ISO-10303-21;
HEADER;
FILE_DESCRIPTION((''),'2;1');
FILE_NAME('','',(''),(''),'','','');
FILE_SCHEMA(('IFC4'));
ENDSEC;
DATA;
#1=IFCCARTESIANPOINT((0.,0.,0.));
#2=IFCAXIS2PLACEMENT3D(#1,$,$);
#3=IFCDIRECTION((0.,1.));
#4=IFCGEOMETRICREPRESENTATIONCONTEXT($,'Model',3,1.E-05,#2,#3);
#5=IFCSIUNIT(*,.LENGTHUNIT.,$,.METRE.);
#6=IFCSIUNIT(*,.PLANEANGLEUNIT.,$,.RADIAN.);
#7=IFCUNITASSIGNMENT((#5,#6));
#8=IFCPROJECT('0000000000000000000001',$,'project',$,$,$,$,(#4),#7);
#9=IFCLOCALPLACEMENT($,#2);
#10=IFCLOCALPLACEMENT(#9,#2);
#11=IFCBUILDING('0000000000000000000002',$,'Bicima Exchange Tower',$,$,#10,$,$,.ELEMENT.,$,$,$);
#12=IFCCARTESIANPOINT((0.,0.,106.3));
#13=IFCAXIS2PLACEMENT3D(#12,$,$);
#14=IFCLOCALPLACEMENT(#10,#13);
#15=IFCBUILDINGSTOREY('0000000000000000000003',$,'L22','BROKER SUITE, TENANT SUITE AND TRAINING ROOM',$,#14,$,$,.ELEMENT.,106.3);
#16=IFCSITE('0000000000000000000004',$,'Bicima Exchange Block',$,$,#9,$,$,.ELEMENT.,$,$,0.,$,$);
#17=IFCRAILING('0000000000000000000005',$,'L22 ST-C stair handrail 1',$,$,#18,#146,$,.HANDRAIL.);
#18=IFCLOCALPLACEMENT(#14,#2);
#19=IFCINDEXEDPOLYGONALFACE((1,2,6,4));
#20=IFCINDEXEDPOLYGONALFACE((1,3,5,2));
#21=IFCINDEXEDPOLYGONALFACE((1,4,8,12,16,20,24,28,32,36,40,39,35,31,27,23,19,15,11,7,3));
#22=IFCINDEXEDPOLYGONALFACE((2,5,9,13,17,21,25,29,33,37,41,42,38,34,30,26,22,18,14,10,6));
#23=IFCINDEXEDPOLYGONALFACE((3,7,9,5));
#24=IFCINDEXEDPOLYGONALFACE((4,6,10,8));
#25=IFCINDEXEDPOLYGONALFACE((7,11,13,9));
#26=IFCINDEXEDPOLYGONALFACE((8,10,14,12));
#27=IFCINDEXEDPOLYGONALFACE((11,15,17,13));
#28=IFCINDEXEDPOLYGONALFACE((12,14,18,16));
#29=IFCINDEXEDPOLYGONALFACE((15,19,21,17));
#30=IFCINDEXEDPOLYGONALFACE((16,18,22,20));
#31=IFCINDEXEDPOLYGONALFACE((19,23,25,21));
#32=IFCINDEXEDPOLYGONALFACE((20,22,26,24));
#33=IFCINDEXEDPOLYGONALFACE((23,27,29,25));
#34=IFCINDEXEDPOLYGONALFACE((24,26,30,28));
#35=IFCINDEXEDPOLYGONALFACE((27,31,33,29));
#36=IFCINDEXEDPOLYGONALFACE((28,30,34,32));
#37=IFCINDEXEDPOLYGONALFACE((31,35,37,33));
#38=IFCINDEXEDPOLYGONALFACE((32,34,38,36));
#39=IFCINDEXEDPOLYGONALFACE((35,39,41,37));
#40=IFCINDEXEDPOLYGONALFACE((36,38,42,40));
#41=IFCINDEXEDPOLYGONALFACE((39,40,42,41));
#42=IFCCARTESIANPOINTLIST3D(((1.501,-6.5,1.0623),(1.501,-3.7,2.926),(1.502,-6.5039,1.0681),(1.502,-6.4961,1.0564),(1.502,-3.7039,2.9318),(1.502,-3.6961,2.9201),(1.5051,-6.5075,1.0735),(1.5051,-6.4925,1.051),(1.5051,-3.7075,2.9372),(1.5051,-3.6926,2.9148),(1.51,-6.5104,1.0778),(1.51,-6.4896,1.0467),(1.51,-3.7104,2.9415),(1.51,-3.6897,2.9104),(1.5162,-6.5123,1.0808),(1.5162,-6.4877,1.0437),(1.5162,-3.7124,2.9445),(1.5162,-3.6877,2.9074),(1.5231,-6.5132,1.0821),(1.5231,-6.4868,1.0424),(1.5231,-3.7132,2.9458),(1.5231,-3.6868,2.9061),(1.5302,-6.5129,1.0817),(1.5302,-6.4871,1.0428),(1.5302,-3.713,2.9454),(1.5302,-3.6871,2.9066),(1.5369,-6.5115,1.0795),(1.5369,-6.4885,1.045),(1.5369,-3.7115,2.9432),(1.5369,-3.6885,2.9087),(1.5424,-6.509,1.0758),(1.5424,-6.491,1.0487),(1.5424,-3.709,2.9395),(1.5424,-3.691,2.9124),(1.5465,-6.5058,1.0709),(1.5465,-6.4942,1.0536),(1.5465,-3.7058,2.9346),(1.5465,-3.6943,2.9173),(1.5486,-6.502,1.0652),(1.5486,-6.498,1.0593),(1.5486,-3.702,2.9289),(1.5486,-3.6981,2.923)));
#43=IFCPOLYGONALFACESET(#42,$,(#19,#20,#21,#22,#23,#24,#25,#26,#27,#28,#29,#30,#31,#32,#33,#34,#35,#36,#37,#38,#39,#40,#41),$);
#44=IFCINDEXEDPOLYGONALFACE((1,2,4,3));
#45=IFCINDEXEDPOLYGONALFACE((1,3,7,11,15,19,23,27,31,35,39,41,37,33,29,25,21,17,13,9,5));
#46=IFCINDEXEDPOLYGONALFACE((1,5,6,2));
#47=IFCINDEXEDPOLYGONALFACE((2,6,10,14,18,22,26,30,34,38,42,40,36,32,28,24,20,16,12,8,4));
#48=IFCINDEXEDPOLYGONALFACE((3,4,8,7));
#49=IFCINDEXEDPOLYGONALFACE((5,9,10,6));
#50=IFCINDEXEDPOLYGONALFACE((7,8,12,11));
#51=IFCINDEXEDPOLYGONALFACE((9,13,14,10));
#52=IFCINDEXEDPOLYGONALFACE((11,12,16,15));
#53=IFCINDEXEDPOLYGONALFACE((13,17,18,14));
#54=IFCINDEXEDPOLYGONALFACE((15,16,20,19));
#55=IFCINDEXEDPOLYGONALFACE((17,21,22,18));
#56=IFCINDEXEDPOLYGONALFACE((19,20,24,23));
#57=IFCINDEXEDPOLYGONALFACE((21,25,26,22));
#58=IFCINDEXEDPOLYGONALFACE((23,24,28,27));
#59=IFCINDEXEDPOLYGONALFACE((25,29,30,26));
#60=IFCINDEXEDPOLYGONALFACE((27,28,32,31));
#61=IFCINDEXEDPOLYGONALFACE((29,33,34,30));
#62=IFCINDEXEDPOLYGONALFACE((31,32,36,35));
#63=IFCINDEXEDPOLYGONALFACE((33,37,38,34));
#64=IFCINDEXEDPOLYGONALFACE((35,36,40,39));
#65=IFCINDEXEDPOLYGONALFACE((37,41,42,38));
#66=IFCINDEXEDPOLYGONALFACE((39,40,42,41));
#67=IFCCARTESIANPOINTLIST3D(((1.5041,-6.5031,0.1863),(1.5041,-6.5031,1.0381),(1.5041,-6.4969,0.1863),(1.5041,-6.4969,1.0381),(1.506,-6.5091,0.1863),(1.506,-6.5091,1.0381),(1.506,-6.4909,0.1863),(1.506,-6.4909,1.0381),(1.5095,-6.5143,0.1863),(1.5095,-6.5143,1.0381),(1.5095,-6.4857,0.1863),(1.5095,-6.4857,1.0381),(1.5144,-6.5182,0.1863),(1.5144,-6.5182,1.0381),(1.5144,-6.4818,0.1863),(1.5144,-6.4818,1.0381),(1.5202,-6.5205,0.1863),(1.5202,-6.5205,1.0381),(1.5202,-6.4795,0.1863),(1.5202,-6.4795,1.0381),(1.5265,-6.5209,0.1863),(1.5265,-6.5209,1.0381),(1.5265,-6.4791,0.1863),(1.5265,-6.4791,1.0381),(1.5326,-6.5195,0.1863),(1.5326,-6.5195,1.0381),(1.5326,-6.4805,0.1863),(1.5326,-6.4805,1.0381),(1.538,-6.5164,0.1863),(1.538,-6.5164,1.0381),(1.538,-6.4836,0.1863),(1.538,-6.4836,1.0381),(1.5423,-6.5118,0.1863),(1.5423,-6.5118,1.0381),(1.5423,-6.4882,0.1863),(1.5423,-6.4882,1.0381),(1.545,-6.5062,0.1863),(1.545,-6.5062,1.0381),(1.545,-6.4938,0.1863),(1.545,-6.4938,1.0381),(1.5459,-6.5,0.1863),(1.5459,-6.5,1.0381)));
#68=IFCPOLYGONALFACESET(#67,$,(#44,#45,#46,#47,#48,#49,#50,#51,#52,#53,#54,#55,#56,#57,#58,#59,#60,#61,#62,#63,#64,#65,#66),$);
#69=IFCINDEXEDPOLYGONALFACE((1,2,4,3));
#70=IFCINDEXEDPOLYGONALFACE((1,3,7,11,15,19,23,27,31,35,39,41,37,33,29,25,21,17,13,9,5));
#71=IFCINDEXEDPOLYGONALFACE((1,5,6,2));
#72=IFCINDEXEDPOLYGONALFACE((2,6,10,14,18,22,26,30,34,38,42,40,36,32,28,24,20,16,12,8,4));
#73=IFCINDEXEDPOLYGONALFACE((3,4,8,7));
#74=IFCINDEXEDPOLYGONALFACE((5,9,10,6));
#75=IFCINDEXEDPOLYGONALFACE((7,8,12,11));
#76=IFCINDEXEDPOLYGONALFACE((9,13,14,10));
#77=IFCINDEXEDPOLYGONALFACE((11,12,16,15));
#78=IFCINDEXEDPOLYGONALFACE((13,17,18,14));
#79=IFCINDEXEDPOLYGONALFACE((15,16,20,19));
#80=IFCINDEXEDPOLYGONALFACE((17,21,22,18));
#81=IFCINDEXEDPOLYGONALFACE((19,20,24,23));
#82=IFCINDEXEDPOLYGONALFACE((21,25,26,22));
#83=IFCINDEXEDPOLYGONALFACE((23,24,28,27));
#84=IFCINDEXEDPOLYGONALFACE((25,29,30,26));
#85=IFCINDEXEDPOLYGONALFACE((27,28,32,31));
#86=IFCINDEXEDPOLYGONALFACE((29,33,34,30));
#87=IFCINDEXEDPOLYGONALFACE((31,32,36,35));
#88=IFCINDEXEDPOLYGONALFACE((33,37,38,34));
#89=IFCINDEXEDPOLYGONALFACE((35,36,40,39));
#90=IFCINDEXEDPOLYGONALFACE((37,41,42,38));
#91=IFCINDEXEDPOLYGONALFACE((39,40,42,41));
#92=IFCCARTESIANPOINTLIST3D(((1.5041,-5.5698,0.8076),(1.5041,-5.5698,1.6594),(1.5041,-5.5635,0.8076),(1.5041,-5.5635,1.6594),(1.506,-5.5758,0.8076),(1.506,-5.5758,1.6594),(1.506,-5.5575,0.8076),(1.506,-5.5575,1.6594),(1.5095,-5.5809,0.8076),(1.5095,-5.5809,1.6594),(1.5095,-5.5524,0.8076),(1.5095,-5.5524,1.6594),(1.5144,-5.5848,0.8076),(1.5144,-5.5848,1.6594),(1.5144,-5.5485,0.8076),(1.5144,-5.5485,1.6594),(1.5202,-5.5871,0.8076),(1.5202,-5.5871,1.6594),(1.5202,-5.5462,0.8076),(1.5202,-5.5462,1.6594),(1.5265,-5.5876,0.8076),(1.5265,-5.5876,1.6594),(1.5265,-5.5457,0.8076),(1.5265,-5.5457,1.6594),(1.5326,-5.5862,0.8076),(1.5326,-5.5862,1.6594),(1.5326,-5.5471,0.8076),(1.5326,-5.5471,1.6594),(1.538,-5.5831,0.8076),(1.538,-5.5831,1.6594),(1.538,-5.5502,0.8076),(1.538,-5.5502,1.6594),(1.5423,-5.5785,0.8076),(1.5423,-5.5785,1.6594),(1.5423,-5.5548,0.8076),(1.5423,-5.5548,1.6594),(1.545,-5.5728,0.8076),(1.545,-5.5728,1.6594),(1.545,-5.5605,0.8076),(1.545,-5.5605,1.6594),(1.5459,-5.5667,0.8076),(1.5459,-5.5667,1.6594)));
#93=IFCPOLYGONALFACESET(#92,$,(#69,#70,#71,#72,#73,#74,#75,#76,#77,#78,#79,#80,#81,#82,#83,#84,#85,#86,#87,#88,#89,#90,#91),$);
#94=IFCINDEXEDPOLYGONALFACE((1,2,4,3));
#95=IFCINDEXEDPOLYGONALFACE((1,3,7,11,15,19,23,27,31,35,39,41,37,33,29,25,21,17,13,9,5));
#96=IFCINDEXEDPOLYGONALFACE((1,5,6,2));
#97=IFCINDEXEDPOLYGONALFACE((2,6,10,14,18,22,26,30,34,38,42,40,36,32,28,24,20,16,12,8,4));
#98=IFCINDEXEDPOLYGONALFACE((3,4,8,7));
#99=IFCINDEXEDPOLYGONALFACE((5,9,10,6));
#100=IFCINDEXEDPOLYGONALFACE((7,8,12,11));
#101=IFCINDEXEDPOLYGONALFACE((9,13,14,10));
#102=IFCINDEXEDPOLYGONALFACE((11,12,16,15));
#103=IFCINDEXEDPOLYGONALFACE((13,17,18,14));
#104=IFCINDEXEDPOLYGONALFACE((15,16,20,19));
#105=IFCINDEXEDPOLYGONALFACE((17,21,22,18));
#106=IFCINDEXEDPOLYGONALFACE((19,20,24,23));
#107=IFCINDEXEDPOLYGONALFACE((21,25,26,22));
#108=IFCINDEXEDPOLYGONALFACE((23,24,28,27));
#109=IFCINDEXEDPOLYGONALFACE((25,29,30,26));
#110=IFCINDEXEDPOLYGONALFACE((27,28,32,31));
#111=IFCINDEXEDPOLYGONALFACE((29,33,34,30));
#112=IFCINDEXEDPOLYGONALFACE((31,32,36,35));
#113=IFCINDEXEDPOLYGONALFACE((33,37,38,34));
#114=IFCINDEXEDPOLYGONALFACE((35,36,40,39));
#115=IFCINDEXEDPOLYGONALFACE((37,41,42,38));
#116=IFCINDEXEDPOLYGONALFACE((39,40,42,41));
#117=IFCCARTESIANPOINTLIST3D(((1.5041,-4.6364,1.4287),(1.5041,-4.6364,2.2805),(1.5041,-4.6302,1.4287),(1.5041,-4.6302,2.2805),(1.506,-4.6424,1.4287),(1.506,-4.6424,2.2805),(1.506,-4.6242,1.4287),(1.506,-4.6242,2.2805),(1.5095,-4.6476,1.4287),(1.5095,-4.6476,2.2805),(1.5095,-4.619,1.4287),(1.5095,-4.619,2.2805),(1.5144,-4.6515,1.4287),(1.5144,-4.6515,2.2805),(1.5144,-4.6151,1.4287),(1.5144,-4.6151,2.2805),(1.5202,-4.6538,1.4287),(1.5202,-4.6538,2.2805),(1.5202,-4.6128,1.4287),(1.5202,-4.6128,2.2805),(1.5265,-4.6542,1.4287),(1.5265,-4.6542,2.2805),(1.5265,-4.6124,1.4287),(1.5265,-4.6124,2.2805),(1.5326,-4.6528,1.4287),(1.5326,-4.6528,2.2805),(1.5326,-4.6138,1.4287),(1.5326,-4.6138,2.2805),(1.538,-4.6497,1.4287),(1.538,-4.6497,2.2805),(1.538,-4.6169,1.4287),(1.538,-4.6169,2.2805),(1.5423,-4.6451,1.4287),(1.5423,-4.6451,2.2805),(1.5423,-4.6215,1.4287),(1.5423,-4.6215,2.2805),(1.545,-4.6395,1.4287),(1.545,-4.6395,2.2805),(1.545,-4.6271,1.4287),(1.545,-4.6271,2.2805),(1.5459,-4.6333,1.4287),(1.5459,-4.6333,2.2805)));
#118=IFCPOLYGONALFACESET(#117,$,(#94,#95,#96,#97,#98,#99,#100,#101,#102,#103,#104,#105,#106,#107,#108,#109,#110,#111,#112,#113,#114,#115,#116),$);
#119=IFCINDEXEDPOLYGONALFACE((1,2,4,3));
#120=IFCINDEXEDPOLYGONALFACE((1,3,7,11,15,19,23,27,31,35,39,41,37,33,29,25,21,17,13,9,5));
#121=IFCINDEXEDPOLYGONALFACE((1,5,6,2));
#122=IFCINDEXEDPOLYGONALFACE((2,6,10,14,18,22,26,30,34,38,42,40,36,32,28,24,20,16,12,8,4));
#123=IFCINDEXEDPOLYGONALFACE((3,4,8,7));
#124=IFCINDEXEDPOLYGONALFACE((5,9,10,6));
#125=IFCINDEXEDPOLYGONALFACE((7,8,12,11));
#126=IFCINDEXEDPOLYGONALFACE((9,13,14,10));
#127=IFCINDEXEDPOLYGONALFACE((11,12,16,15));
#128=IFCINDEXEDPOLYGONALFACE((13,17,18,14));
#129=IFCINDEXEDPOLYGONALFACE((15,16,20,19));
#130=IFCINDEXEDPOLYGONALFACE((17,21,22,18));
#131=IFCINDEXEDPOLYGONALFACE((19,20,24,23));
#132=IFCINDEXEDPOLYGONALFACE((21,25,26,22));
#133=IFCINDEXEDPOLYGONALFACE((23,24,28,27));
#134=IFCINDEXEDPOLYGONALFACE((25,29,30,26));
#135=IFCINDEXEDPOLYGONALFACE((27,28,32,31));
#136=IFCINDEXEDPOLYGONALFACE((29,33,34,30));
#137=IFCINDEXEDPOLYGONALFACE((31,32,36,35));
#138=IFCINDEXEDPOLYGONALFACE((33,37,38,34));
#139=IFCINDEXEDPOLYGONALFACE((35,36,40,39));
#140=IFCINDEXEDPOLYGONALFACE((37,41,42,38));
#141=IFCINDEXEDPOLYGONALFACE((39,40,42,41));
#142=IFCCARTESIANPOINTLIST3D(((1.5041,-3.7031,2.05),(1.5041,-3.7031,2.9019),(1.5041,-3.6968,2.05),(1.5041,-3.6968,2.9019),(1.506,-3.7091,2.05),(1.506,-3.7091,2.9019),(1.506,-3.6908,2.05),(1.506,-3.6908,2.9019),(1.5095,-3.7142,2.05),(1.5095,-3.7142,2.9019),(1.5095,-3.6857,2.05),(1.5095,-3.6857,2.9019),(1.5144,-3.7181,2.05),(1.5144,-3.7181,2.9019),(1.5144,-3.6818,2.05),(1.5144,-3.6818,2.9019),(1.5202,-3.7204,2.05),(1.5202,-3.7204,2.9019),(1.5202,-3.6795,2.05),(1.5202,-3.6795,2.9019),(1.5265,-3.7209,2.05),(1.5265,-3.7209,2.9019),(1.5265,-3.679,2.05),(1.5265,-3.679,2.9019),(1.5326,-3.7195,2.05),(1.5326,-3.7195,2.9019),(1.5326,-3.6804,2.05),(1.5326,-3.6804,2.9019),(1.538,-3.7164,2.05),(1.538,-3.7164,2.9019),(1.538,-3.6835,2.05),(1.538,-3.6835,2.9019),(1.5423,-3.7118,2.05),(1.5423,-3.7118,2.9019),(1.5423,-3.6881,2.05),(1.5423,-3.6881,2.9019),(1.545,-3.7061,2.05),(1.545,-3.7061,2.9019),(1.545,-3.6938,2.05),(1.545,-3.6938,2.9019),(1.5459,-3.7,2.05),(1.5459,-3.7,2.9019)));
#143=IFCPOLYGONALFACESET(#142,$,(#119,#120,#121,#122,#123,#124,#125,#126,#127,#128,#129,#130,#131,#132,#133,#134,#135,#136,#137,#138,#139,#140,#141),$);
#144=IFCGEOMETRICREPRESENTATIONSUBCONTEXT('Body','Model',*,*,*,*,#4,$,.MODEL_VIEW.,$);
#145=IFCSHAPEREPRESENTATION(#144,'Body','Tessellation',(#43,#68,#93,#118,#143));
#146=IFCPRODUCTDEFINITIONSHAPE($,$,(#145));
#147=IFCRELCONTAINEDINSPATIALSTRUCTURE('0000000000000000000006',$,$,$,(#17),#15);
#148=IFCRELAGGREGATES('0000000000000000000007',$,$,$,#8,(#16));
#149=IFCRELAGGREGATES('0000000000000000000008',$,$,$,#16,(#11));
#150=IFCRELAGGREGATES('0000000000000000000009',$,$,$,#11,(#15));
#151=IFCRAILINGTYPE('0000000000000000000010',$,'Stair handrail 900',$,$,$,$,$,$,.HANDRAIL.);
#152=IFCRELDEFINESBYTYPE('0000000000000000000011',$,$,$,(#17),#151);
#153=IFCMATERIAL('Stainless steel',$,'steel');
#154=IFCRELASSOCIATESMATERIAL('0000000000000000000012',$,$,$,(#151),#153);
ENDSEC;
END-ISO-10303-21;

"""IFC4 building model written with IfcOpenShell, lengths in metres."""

from ifc_helpers import new_model, si_unit, direction, frame, origin, origin_2d, place, context, subcontext, project, spatial, circle, extrude, material, type_object, element, save


model = new_model("IFC4")

# Units and contexts
model_context = context("Model", 3, precision=1e-05, world=origin(), true_north=direction((0.0, 1.0)))
body_context = subcontext(model_context, "Body", "Model", "MODEL_VIEW")
ifc_project = project(units=[si_unit("LENGTHUNIT", "METRE"), si_unit("PLANEANGLEUNIT", "RADIAN")], contexts=[model_context])

# Site, building, storey
site_placement = place(None, origin())
site = spatial("IfcSite", under=ifc_project, at=site_placement, Name="Bicima Exchange Block", CompositionType="ELEMENT", RefElevation=0.0)
building_placement = place(site_placement, origin())
building = spatial("IfcBuilding", under=site, at=building_placement, Name="Bicima Exchange Tower", CompositionType="ELEMENT")
storey_placement = place(building_placement, frame((0.0, 0.0, 106.3)))
storey = spatial("IfcBuildingStorey", under=building, at=storey_placement, Name="L22", Description="BROKER SUITE, TENANT SUITE AND TRAINING ROOM", CompositionType="ELEMENT", Elevation=106.3)

# Shared definitions
ifc_material_1 = material(Name="Stainless steel", Category="steel")

# Railing
railing_type_1 = type_object("IfcRailingType", Name="Stair handrail 900", PredefinedType="HANDRAIL", material=ifc_material_1)
railing_1_placement = place(storey_placement, frame((1.5249, -6.5, 0.1863)))
element("IfcRailing", 1, at=railing_1_placement, inside=storey, type_object=railing_type_1, Name="L22 ST-C stair handrail 1", PredefinedType="HANDRAIL", context=body_context, shape_type="SweptSolid", body=[
    extrude(circle(Radius=0.0239, at=origin_2d()), frame((0.0, 0.0, 0.876), z_axis=(0.0, 0.832452, 0.554097), x_axis=(-1.0, 0.0, 0.0)), (0.0, 0.0, 1.0), 3.3635),
    extrude(circle(Radius=0.021, at=origin_2d()), origin(), (0.0, 0.0, 1.0), 0.8518),
    extrude(circle(Radius=0.021, at=origin_2d()), frame((0.0, 0.9333, 0.6213)), (0.0, 0.0, 1.0), 0.8518),
    extrude(circle(Radius=0.021, at=origin_2d()), frame((0.0, 1.8667, 1.2424)), (0.0, 0.0, 1.0), 0.8518),
    extrude(circle(Radius=0.021, at=origin_2d()), frame((0.0, 2.8, 1.8638)), (0.0, 0.0, 1.0), 0.8518),
])

save(model, "model.ifc")
